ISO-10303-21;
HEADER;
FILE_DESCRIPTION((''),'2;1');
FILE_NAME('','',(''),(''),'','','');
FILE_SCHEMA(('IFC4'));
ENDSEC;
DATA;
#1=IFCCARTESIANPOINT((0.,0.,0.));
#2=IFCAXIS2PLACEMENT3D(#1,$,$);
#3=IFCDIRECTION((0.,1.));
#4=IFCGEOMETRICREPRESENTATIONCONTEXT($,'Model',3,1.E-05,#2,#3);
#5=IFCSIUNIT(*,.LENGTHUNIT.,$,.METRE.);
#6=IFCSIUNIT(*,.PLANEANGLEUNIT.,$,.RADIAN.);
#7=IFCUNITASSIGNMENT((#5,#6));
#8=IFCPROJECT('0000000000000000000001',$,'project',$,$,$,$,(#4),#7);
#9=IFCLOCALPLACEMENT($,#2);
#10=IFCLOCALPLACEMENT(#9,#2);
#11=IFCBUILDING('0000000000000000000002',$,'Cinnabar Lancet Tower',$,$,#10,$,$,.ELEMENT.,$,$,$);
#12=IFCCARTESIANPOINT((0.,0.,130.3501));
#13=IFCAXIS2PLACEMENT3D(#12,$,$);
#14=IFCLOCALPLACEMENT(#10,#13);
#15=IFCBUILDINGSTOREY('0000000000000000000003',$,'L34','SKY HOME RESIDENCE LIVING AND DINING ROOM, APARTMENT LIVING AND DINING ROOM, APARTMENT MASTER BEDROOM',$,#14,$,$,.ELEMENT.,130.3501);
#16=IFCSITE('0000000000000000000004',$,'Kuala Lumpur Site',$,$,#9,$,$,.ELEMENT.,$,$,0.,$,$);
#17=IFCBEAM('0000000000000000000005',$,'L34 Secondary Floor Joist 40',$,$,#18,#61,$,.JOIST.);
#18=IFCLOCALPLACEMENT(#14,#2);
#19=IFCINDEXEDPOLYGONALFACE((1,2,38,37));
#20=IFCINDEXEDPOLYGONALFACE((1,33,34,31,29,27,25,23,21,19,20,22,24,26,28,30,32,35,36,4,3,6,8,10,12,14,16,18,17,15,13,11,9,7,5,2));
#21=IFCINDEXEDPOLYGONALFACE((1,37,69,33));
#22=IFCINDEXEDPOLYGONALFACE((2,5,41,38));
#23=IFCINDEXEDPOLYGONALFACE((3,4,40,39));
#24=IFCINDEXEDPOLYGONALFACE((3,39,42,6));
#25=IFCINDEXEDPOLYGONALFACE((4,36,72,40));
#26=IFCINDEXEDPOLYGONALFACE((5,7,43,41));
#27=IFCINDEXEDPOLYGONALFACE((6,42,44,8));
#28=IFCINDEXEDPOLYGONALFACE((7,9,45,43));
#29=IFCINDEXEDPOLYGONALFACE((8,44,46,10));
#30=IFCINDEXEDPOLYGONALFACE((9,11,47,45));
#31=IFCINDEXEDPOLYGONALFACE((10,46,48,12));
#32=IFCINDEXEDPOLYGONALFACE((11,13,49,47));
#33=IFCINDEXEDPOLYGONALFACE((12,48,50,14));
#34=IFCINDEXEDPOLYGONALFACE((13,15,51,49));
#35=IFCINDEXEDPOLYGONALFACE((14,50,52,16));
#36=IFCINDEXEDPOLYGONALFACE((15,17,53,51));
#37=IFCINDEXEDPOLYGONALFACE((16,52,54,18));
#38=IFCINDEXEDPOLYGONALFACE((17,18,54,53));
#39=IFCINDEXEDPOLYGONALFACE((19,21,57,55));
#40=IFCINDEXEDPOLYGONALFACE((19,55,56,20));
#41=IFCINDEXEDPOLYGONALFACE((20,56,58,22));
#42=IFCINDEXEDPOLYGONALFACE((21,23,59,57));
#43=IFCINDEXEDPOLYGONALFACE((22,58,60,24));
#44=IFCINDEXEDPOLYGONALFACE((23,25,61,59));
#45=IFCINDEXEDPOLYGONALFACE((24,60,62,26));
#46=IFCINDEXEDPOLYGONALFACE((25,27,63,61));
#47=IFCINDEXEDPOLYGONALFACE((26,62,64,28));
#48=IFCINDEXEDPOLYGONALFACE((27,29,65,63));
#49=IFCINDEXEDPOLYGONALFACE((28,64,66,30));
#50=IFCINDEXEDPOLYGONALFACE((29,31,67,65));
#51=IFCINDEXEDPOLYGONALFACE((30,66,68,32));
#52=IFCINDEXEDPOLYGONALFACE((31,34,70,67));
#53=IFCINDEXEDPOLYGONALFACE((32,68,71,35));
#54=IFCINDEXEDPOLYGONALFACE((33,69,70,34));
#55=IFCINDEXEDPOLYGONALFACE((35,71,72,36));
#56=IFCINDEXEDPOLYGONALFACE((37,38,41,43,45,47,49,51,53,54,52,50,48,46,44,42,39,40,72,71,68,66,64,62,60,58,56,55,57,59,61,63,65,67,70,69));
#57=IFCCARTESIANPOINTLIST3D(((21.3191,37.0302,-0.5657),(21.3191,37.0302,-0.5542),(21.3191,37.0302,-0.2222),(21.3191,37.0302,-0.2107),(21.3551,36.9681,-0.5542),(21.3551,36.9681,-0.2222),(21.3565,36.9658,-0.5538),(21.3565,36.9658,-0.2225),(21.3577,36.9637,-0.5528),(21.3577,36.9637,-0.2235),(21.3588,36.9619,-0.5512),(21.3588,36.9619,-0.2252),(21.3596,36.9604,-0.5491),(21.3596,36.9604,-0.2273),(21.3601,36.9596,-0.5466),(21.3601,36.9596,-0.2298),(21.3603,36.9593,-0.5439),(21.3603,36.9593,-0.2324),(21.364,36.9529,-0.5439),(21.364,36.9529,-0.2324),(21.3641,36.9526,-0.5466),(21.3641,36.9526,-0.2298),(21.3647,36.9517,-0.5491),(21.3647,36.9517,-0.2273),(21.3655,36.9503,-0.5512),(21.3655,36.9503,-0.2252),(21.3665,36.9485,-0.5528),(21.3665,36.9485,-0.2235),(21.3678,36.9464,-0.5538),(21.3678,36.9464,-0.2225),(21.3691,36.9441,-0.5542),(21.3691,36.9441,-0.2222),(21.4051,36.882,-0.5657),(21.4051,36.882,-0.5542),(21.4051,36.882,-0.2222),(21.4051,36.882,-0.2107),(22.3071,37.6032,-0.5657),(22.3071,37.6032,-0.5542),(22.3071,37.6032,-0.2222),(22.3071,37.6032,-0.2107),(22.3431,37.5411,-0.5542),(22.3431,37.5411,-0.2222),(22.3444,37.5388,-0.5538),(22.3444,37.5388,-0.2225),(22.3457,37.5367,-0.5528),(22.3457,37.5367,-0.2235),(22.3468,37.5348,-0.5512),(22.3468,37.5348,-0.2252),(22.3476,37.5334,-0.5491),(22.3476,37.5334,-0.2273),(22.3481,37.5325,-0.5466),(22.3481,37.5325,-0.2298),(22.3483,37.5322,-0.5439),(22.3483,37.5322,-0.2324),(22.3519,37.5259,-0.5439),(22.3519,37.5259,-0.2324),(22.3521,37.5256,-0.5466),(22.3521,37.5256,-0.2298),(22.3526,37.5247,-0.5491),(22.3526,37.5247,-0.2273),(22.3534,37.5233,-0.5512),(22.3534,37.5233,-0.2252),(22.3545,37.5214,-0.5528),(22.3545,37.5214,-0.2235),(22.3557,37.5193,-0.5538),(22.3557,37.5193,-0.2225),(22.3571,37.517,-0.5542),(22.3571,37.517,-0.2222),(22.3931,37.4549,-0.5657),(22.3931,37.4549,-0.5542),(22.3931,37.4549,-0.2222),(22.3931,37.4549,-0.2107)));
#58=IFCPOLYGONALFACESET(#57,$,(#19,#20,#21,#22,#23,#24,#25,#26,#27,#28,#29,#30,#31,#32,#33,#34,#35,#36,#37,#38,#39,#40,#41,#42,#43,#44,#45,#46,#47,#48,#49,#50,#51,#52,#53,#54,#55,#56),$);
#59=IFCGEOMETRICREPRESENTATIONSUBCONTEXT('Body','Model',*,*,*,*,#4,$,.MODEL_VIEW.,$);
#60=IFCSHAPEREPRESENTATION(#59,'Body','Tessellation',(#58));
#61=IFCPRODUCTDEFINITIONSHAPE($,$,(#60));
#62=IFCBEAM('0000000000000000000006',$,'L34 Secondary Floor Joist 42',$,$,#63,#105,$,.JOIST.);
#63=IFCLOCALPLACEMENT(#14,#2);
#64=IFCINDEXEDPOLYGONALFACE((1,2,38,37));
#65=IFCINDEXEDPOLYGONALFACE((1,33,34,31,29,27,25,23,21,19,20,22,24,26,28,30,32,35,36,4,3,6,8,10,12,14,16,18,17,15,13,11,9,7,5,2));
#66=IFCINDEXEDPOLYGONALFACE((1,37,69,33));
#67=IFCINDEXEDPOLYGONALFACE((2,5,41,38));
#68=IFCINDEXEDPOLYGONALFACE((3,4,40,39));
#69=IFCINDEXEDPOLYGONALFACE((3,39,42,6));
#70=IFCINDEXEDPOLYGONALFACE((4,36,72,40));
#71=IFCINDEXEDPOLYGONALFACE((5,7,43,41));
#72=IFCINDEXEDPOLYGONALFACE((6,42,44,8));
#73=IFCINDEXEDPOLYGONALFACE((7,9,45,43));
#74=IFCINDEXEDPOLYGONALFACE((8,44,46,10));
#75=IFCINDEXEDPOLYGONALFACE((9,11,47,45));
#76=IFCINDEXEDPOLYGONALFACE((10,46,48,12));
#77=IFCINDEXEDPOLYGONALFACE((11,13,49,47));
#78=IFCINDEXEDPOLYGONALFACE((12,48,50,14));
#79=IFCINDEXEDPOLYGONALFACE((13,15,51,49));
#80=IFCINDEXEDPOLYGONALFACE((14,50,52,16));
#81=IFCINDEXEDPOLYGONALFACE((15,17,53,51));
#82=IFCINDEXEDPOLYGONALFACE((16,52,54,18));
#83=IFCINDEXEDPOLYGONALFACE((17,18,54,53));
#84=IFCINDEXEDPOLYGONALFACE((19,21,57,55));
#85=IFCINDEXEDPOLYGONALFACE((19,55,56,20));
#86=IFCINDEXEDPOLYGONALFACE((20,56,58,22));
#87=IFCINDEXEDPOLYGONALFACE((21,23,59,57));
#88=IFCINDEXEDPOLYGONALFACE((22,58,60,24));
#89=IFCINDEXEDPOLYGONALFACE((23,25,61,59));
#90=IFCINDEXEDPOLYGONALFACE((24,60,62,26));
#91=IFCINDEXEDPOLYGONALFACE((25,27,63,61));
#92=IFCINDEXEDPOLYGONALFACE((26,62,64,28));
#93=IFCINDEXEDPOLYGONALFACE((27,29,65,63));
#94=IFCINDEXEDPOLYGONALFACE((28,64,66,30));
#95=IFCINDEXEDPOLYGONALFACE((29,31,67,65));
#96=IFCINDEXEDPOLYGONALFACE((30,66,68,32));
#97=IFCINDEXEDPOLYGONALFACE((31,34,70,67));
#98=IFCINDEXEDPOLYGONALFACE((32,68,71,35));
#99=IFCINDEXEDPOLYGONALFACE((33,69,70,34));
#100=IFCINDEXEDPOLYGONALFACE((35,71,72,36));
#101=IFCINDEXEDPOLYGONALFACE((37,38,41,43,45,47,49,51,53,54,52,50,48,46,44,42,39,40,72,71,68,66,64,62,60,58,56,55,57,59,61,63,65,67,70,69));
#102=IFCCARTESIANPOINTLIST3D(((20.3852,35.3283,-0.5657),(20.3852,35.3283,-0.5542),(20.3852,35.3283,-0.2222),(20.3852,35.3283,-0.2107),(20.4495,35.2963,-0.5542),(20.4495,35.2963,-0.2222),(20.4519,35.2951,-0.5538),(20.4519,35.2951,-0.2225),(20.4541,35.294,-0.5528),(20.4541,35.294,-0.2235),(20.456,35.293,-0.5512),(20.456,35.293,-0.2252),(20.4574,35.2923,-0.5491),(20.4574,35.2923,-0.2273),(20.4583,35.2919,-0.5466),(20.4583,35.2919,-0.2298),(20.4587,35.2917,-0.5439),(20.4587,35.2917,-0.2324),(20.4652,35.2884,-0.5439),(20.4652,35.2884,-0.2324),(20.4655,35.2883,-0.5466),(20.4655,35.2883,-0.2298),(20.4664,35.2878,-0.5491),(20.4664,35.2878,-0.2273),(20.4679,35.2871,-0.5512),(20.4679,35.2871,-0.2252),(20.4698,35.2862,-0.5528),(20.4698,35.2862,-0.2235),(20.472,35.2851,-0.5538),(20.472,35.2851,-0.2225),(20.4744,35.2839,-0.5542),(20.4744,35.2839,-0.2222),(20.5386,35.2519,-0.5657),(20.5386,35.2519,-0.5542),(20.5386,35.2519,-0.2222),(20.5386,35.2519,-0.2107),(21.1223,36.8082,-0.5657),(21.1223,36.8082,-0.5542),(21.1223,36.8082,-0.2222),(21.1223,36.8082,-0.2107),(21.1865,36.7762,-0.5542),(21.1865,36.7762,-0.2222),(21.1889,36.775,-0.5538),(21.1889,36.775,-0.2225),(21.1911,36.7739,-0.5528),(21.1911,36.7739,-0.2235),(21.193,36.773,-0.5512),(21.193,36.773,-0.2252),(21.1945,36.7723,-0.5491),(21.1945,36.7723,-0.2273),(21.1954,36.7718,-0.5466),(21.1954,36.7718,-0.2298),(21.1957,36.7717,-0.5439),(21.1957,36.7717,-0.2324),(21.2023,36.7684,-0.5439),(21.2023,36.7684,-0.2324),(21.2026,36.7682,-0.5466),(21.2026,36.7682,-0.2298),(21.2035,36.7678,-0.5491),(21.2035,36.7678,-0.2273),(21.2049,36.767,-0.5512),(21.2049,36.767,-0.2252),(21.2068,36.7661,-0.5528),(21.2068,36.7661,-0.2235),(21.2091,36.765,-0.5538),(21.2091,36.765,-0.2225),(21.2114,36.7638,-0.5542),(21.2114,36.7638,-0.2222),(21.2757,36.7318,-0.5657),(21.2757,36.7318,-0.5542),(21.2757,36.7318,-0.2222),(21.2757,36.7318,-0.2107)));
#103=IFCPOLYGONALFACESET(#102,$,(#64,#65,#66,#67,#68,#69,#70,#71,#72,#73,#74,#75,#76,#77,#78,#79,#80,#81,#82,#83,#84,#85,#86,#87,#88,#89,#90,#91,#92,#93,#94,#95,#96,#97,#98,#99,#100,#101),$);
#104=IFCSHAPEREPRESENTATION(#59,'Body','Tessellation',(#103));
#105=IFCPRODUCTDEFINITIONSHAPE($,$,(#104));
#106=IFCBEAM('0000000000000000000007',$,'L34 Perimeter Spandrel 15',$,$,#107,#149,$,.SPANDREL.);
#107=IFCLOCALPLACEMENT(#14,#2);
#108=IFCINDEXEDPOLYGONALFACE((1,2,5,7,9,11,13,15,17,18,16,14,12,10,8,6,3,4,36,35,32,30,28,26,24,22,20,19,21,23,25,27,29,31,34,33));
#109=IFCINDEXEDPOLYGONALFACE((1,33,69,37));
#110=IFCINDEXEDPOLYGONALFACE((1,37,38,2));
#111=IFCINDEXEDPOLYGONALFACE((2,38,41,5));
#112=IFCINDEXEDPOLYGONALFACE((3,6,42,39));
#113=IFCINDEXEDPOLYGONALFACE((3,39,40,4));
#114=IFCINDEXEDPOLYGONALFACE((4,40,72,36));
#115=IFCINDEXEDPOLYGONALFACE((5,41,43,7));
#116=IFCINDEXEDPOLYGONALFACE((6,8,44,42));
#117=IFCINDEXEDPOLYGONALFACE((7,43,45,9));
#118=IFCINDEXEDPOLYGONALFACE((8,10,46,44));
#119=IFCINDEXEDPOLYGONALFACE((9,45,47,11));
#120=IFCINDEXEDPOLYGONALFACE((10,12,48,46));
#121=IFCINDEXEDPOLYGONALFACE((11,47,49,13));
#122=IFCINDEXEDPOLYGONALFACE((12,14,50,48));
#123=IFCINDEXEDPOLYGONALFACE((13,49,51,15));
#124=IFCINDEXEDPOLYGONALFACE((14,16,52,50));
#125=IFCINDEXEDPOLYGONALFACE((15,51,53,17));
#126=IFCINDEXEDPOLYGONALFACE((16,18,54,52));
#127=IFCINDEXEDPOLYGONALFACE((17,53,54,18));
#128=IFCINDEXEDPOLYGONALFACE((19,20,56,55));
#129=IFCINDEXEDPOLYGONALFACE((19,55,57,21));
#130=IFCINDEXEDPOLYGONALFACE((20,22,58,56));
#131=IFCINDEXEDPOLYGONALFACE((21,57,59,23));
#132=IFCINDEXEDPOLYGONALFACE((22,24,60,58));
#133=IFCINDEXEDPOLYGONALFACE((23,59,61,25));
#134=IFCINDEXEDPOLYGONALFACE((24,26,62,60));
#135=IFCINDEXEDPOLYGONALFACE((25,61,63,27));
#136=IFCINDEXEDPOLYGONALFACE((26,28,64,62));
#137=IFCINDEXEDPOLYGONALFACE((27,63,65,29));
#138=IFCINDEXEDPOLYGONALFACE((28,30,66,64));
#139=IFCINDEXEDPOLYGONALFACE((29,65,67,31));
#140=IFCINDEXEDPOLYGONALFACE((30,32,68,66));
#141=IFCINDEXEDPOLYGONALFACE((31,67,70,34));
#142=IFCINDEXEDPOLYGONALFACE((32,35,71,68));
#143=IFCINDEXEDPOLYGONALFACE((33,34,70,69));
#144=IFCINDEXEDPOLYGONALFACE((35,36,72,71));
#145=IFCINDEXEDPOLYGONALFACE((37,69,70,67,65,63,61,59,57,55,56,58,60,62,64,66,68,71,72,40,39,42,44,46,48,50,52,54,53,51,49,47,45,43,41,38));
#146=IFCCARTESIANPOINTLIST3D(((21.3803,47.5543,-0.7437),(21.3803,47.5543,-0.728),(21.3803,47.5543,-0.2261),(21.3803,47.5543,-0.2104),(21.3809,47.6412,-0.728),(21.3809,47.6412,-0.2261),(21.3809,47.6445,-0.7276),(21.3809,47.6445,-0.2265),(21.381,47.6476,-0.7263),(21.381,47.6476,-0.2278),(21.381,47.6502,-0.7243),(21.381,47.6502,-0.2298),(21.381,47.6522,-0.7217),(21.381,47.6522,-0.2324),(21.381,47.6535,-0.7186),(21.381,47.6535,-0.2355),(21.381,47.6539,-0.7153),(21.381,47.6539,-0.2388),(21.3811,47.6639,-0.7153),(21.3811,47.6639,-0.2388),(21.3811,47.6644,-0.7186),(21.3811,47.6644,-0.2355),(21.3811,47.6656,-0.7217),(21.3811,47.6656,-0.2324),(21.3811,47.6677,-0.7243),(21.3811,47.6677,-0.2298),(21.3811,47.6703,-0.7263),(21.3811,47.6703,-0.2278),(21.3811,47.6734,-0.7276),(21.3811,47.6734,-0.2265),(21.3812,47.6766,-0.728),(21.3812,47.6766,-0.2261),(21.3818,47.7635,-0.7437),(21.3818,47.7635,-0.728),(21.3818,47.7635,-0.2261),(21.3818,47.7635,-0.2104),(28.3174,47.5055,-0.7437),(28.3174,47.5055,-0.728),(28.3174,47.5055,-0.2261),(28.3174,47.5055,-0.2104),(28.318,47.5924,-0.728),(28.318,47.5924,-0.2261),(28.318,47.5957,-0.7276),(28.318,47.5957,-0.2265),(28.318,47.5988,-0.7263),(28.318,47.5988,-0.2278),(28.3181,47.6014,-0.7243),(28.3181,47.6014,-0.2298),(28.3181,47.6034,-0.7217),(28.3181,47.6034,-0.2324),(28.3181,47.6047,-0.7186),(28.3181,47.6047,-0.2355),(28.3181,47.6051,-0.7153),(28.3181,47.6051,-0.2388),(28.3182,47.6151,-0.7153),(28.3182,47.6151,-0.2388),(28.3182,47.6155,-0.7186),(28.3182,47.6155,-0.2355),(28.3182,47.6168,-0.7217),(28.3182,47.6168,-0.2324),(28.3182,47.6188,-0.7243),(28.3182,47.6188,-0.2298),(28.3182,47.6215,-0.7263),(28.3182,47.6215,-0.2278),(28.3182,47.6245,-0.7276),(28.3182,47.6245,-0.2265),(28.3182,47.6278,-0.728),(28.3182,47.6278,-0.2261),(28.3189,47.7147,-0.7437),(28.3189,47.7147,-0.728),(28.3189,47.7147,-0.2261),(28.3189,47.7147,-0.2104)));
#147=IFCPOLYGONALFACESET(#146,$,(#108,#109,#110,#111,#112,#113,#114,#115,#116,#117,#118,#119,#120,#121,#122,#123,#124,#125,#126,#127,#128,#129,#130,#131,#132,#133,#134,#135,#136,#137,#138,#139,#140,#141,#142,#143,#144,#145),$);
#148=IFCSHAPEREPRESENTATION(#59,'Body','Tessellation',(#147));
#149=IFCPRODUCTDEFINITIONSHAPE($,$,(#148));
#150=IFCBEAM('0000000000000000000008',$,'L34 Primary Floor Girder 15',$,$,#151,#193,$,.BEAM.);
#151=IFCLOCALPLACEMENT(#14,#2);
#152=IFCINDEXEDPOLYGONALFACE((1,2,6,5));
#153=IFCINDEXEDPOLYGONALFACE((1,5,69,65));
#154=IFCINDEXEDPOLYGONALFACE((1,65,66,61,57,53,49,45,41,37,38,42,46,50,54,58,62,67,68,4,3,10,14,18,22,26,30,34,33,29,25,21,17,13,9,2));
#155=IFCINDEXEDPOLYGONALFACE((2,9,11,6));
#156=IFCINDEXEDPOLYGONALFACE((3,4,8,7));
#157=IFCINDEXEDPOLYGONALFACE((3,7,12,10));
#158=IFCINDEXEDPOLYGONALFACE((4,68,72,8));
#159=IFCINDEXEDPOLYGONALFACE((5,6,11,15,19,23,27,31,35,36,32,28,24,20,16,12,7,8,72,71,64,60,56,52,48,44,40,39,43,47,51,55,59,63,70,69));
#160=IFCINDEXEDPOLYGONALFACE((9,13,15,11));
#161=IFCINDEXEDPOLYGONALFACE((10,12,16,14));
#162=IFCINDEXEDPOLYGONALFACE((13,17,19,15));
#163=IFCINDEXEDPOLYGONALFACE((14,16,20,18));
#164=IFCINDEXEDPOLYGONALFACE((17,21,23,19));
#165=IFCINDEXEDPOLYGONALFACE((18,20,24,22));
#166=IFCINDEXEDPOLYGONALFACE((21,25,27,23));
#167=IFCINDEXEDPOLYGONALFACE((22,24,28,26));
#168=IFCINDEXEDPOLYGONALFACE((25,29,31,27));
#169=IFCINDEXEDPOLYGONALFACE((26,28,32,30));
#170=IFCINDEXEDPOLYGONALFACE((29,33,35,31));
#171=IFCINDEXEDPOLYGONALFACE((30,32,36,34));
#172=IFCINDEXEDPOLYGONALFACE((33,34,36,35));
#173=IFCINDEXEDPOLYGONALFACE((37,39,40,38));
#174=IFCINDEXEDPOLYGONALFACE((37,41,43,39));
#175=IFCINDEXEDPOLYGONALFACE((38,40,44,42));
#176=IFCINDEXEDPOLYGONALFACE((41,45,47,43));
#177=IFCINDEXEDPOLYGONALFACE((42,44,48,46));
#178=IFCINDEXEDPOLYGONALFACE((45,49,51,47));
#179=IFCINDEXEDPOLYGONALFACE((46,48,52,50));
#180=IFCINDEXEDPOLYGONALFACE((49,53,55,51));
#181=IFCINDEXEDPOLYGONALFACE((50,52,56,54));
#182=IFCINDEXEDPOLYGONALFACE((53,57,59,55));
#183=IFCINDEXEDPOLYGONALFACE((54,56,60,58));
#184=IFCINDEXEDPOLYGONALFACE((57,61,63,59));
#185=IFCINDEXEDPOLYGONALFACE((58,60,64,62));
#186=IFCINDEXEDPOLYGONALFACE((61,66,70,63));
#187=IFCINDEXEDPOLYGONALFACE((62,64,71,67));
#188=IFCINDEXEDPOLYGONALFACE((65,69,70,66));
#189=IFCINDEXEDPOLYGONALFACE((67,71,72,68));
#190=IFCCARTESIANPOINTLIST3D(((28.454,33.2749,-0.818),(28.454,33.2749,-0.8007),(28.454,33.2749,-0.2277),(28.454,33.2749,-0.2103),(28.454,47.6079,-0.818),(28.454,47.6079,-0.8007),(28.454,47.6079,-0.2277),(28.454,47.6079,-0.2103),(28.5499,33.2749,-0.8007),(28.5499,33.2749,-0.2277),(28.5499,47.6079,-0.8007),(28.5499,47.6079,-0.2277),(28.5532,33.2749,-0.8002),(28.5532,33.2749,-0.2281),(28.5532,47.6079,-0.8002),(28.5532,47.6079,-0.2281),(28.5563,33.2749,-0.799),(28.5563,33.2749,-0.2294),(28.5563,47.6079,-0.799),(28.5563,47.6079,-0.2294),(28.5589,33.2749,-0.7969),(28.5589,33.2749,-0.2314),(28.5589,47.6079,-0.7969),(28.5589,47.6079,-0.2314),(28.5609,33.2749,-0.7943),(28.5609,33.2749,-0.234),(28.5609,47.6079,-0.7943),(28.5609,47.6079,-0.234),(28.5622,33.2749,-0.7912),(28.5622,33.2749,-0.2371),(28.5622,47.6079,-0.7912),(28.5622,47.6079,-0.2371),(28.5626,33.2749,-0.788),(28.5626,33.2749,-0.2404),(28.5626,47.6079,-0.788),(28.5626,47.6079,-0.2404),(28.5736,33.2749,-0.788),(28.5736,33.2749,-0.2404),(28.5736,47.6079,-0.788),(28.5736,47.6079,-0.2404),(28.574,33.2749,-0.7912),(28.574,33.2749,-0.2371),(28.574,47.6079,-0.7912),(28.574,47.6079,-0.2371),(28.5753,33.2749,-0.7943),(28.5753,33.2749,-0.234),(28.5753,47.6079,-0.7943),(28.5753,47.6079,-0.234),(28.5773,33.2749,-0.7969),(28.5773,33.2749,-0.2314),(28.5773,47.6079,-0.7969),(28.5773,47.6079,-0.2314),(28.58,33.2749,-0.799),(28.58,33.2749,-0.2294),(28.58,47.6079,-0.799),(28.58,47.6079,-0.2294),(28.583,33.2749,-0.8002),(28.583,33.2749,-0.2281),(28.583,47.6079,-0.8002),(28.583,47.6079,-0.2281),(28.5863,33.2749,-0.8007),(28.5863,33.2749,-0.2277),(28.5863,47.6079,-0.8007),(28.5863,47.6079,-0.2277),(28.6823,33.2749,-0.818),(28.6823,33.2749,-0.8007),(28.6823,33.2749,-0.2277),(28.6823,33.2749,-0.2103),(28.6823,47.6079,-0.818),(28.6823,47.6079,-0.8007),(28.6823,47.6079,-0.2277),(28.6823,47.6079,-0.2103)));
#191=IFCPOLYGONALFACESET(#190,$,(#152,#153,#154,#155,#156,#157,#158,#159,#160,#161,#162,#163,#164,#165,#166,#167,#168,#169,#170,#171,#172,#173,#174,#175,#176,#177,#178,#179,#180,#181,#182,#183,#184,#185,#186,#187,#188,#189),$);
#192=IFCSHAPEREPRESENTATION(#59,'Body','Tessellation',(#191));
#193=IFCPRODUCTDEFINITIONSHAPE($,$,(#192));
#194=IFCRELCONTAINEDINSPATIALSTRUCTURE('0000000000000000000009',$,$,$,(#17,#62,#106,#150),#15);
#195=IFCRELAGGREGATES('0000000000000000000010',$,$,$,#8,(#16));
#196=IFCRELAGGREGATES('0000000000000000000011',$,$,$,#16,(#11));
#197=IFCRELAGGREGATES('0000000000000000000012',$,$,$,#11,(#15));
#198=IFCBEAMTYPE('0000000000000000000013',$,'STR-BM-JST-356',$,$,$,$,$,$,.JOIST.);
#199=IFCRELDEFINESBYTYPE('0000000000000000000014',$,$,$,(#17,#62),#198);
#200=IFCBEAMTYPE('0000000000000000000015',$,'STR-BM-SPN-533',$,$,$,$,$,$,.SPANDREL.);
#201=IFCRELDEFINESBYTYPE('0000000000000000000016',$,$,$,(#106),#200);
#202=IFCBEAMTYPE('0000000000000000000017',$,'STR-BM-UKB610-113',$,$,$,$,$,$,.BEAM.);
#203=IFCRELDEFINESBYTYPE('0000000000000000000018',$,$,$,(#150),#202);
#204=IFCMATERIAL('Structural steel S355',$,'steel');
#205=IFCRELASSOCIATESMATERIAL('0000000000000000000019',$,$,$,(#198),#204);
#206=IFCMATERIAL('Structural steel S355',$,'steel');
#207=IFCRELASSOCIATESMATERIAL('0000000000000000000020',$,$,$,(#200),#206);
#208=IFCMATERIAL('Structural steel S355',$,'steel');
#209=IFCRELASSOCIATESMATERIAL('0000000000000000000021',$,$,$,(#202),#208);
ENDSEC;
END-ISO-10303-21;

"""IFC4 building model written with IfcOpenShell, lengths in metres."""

from ifc_helpers import new_model, si_unit, direction, frame, origin, origin_2d, place, context, subcontext, project, spatial, i_section, extrude, material, material_profile, profile_set, type_object, element, save


model = new_model("IFC4")

# Units and contexts
model_context = context("Model", 3, precision=1e-05, world=origin(), true_north=direction((0.0, 1.0)))
body_context = subcontext(model_context, "Body", "Model", "MODEL_VIEW")
ifc_project = project(units=[si_unit("LENGTHUNIT", "METRE"), si_unit("PLANEANGLEUNIT", "RADIAN")], contexts=[model_context])

# Site, building, storey
site_placement = place(None, origin())
site = spatial("IfcSite", under=ifc_project, at=site_placement, Name="Kuala Lumpur Site", CompositionType="ELEMENT", RefElevation=0.0)
building_placement = place(site_placement, origin())
building = spatial("IfcBuilding", under=site, at=building_placement, Name="Cinnabar Lancet Tower", CompositionType="ELEMENT")
storey_placement = place(building_placement, frame((0.0, 0.0, 130.3501)))
storey = spatial("IfcBuildingStorey", under=building, at=storey_placement, Name="L34", Description="SKY HOME RESIDENCE LIVING AND DINING ROOM, APARTMENT LIVING AND DINING ROOM, APARTMENT MASTER BEDROOM", CompositionType="ELEMENT", Elevation=130.3501)

# Beams
ifc_material_1 = material(Name="Structural steel S355", Category="steel")
ifc_material_profile_1 = material_profile(ifc_material_1, i_section(OverallWidth=0.1714, OverallDepth=0.355, WebThickness=0.0073, FlangeThickness=0.0115, FilletRadius=0.0103, at=origin_2d()), Name="UKB 356x171x51")
ifc_profile_set_1 = profile_set([ifc_material_profile_1], Name="Structural steel S355")
beam_type_1 = type_object("IfcBeamType", Name="STR-BM-JST-356", PredefinedType="JOIST", material=ifc_profile_set_1)
beam_1_placement = place(storey_placement, frame((22.3501, 37.5291, -0.3882), z_axis=(-0.865055, -0.501677, 0.0), x_axis=(0.501677, -0.865055, 0.0)))
element("IfcBeam", 1, at=beam_1_placement, inside=storey, type_object=beam_type_1, Name="L34 Secondary Floor Joist 40", PredefinedType="JOIST", context=body_context, shape_type="SweptSolid", body=[
    extrude(i_section(OverallWidth=0.1714, OverallDepth=0.355, WebThickness=0.0073, FlangeThickness=0.0115, FilletRadius=0.0103, at=origin_2d()), origin(), (0.0, 0.0, 1.0), 1.1421),
])
beam_2_placement = place(storey_placement, frame((21.199, 36.77, -0.3882), z_axis=(-0.445795, -0.895135, 0.0), x_axis=(0.895135, -0.445795, 0.0)))
element("IfcBeam", 2, at=beam_2_placement, inside=storey, type_object=beam_type_1, Name="L34 Secondary Floor Joist 42", PredefinedType="JOIST", context=body_context, shape_type="SweptSolid", body=[
    extrude(i_section(OverallWidth=0.1714, OverallDepth=0.355, WebThickness=0.0073, FlangeThickness=0.0115, FilletRadius=0.0103, at=origin_2d()), origin(), (0.0, 0.0, 1.0), 1.6533),
])
ifc_material_2 = material(Name="Structural steel S355", Category="steel")
ifc_material_profile_2 = material_profile(ifc_material_2, i_section(OverallWidth=0.2092, OverallDepth=0.5332, WebThickness=0.01, FlangeThickness=0.0156, FilletRadius=0.0127, at=origin_2d()), Name="UKB 533x210x92")
ifc_profile_set_2 = profile_set([ifc_material_profile_2], Name="Structural steel S355")
beam_type_2 = type_object("IfcBeamType", Name="STR-BM-SPN-533", PredefinedType="SPANDREL", material=ifc_profile_set_2)
beam_3_placement = place(storey_placement, frame((28.3181, 47.6101, -0.4771), z_axis=(-0.999975, 0.007039, 0.0), x_axis=(-0.007039, -0.999975, 0.0)))
element("IfcBeam", 3, at=beam_3_placement, inside=storey, type_object=beam_type_2, Name="L34 Perimeter Spandrel 15", PredefinedType="SPANDREL", context=body_context, shape_type="SweptSolid", body=[
    extrude(i_section(OverallWidth=0.2092, OverallDepth=0.5332, WebThickness=0.01, FlangeThickness=0.0156, FilletRadius=0.0127, at=origin_2d()), origin(), (0.0, 0.0, 1.0), 6.9373),
])
ifc_material_3 = material(Name="Structural steel S355", Category="steel")
ifc_material_profile_3 = material_profile(ifc_material_3, i_section(OverallWidth=0.2283, OverallDepth=0.6077, WebThickness=0.011, FlangeThickness=0.0173, FilletRadius=0.0127, at=origin_2d()), Name="UKB 610x229x113")
ifc_profile_set_3 = profile_set([ifc_material_profile_3], Name="Structural steel S355")
beam_type_3 = type_object("IfcBeamType", Name="STR-BM-UKB610-113", PredefinedType="BEAM", material=ifc_profile_set_3)
beam_4_placement = place(storey_placement, frame((28.5681, 47.6079, -0.5142), z_axis=(0.0, -1.0, 0.0), x_axis=(1.0, 0.0, 0.0)))
element("IfcBeam", 4, at=beam_4_placement, inside=storey, type_object=beam_type_3, Name="L34 Primary Floor Girder 15", PredefinedType="BEAM", context=body_context, shape_type="SweptSolid", body=[
    extrude(i_section(OverallWidth=0.2283, OverallDepth=0.6077, WebThickness=0.011, FlangeThickness=0.0173, FilletRadius=0.0127, at=origin_2d()), origin(), (0.0, 0.0, 1.0), 14.333),
])

save(model, "model.ifc")
